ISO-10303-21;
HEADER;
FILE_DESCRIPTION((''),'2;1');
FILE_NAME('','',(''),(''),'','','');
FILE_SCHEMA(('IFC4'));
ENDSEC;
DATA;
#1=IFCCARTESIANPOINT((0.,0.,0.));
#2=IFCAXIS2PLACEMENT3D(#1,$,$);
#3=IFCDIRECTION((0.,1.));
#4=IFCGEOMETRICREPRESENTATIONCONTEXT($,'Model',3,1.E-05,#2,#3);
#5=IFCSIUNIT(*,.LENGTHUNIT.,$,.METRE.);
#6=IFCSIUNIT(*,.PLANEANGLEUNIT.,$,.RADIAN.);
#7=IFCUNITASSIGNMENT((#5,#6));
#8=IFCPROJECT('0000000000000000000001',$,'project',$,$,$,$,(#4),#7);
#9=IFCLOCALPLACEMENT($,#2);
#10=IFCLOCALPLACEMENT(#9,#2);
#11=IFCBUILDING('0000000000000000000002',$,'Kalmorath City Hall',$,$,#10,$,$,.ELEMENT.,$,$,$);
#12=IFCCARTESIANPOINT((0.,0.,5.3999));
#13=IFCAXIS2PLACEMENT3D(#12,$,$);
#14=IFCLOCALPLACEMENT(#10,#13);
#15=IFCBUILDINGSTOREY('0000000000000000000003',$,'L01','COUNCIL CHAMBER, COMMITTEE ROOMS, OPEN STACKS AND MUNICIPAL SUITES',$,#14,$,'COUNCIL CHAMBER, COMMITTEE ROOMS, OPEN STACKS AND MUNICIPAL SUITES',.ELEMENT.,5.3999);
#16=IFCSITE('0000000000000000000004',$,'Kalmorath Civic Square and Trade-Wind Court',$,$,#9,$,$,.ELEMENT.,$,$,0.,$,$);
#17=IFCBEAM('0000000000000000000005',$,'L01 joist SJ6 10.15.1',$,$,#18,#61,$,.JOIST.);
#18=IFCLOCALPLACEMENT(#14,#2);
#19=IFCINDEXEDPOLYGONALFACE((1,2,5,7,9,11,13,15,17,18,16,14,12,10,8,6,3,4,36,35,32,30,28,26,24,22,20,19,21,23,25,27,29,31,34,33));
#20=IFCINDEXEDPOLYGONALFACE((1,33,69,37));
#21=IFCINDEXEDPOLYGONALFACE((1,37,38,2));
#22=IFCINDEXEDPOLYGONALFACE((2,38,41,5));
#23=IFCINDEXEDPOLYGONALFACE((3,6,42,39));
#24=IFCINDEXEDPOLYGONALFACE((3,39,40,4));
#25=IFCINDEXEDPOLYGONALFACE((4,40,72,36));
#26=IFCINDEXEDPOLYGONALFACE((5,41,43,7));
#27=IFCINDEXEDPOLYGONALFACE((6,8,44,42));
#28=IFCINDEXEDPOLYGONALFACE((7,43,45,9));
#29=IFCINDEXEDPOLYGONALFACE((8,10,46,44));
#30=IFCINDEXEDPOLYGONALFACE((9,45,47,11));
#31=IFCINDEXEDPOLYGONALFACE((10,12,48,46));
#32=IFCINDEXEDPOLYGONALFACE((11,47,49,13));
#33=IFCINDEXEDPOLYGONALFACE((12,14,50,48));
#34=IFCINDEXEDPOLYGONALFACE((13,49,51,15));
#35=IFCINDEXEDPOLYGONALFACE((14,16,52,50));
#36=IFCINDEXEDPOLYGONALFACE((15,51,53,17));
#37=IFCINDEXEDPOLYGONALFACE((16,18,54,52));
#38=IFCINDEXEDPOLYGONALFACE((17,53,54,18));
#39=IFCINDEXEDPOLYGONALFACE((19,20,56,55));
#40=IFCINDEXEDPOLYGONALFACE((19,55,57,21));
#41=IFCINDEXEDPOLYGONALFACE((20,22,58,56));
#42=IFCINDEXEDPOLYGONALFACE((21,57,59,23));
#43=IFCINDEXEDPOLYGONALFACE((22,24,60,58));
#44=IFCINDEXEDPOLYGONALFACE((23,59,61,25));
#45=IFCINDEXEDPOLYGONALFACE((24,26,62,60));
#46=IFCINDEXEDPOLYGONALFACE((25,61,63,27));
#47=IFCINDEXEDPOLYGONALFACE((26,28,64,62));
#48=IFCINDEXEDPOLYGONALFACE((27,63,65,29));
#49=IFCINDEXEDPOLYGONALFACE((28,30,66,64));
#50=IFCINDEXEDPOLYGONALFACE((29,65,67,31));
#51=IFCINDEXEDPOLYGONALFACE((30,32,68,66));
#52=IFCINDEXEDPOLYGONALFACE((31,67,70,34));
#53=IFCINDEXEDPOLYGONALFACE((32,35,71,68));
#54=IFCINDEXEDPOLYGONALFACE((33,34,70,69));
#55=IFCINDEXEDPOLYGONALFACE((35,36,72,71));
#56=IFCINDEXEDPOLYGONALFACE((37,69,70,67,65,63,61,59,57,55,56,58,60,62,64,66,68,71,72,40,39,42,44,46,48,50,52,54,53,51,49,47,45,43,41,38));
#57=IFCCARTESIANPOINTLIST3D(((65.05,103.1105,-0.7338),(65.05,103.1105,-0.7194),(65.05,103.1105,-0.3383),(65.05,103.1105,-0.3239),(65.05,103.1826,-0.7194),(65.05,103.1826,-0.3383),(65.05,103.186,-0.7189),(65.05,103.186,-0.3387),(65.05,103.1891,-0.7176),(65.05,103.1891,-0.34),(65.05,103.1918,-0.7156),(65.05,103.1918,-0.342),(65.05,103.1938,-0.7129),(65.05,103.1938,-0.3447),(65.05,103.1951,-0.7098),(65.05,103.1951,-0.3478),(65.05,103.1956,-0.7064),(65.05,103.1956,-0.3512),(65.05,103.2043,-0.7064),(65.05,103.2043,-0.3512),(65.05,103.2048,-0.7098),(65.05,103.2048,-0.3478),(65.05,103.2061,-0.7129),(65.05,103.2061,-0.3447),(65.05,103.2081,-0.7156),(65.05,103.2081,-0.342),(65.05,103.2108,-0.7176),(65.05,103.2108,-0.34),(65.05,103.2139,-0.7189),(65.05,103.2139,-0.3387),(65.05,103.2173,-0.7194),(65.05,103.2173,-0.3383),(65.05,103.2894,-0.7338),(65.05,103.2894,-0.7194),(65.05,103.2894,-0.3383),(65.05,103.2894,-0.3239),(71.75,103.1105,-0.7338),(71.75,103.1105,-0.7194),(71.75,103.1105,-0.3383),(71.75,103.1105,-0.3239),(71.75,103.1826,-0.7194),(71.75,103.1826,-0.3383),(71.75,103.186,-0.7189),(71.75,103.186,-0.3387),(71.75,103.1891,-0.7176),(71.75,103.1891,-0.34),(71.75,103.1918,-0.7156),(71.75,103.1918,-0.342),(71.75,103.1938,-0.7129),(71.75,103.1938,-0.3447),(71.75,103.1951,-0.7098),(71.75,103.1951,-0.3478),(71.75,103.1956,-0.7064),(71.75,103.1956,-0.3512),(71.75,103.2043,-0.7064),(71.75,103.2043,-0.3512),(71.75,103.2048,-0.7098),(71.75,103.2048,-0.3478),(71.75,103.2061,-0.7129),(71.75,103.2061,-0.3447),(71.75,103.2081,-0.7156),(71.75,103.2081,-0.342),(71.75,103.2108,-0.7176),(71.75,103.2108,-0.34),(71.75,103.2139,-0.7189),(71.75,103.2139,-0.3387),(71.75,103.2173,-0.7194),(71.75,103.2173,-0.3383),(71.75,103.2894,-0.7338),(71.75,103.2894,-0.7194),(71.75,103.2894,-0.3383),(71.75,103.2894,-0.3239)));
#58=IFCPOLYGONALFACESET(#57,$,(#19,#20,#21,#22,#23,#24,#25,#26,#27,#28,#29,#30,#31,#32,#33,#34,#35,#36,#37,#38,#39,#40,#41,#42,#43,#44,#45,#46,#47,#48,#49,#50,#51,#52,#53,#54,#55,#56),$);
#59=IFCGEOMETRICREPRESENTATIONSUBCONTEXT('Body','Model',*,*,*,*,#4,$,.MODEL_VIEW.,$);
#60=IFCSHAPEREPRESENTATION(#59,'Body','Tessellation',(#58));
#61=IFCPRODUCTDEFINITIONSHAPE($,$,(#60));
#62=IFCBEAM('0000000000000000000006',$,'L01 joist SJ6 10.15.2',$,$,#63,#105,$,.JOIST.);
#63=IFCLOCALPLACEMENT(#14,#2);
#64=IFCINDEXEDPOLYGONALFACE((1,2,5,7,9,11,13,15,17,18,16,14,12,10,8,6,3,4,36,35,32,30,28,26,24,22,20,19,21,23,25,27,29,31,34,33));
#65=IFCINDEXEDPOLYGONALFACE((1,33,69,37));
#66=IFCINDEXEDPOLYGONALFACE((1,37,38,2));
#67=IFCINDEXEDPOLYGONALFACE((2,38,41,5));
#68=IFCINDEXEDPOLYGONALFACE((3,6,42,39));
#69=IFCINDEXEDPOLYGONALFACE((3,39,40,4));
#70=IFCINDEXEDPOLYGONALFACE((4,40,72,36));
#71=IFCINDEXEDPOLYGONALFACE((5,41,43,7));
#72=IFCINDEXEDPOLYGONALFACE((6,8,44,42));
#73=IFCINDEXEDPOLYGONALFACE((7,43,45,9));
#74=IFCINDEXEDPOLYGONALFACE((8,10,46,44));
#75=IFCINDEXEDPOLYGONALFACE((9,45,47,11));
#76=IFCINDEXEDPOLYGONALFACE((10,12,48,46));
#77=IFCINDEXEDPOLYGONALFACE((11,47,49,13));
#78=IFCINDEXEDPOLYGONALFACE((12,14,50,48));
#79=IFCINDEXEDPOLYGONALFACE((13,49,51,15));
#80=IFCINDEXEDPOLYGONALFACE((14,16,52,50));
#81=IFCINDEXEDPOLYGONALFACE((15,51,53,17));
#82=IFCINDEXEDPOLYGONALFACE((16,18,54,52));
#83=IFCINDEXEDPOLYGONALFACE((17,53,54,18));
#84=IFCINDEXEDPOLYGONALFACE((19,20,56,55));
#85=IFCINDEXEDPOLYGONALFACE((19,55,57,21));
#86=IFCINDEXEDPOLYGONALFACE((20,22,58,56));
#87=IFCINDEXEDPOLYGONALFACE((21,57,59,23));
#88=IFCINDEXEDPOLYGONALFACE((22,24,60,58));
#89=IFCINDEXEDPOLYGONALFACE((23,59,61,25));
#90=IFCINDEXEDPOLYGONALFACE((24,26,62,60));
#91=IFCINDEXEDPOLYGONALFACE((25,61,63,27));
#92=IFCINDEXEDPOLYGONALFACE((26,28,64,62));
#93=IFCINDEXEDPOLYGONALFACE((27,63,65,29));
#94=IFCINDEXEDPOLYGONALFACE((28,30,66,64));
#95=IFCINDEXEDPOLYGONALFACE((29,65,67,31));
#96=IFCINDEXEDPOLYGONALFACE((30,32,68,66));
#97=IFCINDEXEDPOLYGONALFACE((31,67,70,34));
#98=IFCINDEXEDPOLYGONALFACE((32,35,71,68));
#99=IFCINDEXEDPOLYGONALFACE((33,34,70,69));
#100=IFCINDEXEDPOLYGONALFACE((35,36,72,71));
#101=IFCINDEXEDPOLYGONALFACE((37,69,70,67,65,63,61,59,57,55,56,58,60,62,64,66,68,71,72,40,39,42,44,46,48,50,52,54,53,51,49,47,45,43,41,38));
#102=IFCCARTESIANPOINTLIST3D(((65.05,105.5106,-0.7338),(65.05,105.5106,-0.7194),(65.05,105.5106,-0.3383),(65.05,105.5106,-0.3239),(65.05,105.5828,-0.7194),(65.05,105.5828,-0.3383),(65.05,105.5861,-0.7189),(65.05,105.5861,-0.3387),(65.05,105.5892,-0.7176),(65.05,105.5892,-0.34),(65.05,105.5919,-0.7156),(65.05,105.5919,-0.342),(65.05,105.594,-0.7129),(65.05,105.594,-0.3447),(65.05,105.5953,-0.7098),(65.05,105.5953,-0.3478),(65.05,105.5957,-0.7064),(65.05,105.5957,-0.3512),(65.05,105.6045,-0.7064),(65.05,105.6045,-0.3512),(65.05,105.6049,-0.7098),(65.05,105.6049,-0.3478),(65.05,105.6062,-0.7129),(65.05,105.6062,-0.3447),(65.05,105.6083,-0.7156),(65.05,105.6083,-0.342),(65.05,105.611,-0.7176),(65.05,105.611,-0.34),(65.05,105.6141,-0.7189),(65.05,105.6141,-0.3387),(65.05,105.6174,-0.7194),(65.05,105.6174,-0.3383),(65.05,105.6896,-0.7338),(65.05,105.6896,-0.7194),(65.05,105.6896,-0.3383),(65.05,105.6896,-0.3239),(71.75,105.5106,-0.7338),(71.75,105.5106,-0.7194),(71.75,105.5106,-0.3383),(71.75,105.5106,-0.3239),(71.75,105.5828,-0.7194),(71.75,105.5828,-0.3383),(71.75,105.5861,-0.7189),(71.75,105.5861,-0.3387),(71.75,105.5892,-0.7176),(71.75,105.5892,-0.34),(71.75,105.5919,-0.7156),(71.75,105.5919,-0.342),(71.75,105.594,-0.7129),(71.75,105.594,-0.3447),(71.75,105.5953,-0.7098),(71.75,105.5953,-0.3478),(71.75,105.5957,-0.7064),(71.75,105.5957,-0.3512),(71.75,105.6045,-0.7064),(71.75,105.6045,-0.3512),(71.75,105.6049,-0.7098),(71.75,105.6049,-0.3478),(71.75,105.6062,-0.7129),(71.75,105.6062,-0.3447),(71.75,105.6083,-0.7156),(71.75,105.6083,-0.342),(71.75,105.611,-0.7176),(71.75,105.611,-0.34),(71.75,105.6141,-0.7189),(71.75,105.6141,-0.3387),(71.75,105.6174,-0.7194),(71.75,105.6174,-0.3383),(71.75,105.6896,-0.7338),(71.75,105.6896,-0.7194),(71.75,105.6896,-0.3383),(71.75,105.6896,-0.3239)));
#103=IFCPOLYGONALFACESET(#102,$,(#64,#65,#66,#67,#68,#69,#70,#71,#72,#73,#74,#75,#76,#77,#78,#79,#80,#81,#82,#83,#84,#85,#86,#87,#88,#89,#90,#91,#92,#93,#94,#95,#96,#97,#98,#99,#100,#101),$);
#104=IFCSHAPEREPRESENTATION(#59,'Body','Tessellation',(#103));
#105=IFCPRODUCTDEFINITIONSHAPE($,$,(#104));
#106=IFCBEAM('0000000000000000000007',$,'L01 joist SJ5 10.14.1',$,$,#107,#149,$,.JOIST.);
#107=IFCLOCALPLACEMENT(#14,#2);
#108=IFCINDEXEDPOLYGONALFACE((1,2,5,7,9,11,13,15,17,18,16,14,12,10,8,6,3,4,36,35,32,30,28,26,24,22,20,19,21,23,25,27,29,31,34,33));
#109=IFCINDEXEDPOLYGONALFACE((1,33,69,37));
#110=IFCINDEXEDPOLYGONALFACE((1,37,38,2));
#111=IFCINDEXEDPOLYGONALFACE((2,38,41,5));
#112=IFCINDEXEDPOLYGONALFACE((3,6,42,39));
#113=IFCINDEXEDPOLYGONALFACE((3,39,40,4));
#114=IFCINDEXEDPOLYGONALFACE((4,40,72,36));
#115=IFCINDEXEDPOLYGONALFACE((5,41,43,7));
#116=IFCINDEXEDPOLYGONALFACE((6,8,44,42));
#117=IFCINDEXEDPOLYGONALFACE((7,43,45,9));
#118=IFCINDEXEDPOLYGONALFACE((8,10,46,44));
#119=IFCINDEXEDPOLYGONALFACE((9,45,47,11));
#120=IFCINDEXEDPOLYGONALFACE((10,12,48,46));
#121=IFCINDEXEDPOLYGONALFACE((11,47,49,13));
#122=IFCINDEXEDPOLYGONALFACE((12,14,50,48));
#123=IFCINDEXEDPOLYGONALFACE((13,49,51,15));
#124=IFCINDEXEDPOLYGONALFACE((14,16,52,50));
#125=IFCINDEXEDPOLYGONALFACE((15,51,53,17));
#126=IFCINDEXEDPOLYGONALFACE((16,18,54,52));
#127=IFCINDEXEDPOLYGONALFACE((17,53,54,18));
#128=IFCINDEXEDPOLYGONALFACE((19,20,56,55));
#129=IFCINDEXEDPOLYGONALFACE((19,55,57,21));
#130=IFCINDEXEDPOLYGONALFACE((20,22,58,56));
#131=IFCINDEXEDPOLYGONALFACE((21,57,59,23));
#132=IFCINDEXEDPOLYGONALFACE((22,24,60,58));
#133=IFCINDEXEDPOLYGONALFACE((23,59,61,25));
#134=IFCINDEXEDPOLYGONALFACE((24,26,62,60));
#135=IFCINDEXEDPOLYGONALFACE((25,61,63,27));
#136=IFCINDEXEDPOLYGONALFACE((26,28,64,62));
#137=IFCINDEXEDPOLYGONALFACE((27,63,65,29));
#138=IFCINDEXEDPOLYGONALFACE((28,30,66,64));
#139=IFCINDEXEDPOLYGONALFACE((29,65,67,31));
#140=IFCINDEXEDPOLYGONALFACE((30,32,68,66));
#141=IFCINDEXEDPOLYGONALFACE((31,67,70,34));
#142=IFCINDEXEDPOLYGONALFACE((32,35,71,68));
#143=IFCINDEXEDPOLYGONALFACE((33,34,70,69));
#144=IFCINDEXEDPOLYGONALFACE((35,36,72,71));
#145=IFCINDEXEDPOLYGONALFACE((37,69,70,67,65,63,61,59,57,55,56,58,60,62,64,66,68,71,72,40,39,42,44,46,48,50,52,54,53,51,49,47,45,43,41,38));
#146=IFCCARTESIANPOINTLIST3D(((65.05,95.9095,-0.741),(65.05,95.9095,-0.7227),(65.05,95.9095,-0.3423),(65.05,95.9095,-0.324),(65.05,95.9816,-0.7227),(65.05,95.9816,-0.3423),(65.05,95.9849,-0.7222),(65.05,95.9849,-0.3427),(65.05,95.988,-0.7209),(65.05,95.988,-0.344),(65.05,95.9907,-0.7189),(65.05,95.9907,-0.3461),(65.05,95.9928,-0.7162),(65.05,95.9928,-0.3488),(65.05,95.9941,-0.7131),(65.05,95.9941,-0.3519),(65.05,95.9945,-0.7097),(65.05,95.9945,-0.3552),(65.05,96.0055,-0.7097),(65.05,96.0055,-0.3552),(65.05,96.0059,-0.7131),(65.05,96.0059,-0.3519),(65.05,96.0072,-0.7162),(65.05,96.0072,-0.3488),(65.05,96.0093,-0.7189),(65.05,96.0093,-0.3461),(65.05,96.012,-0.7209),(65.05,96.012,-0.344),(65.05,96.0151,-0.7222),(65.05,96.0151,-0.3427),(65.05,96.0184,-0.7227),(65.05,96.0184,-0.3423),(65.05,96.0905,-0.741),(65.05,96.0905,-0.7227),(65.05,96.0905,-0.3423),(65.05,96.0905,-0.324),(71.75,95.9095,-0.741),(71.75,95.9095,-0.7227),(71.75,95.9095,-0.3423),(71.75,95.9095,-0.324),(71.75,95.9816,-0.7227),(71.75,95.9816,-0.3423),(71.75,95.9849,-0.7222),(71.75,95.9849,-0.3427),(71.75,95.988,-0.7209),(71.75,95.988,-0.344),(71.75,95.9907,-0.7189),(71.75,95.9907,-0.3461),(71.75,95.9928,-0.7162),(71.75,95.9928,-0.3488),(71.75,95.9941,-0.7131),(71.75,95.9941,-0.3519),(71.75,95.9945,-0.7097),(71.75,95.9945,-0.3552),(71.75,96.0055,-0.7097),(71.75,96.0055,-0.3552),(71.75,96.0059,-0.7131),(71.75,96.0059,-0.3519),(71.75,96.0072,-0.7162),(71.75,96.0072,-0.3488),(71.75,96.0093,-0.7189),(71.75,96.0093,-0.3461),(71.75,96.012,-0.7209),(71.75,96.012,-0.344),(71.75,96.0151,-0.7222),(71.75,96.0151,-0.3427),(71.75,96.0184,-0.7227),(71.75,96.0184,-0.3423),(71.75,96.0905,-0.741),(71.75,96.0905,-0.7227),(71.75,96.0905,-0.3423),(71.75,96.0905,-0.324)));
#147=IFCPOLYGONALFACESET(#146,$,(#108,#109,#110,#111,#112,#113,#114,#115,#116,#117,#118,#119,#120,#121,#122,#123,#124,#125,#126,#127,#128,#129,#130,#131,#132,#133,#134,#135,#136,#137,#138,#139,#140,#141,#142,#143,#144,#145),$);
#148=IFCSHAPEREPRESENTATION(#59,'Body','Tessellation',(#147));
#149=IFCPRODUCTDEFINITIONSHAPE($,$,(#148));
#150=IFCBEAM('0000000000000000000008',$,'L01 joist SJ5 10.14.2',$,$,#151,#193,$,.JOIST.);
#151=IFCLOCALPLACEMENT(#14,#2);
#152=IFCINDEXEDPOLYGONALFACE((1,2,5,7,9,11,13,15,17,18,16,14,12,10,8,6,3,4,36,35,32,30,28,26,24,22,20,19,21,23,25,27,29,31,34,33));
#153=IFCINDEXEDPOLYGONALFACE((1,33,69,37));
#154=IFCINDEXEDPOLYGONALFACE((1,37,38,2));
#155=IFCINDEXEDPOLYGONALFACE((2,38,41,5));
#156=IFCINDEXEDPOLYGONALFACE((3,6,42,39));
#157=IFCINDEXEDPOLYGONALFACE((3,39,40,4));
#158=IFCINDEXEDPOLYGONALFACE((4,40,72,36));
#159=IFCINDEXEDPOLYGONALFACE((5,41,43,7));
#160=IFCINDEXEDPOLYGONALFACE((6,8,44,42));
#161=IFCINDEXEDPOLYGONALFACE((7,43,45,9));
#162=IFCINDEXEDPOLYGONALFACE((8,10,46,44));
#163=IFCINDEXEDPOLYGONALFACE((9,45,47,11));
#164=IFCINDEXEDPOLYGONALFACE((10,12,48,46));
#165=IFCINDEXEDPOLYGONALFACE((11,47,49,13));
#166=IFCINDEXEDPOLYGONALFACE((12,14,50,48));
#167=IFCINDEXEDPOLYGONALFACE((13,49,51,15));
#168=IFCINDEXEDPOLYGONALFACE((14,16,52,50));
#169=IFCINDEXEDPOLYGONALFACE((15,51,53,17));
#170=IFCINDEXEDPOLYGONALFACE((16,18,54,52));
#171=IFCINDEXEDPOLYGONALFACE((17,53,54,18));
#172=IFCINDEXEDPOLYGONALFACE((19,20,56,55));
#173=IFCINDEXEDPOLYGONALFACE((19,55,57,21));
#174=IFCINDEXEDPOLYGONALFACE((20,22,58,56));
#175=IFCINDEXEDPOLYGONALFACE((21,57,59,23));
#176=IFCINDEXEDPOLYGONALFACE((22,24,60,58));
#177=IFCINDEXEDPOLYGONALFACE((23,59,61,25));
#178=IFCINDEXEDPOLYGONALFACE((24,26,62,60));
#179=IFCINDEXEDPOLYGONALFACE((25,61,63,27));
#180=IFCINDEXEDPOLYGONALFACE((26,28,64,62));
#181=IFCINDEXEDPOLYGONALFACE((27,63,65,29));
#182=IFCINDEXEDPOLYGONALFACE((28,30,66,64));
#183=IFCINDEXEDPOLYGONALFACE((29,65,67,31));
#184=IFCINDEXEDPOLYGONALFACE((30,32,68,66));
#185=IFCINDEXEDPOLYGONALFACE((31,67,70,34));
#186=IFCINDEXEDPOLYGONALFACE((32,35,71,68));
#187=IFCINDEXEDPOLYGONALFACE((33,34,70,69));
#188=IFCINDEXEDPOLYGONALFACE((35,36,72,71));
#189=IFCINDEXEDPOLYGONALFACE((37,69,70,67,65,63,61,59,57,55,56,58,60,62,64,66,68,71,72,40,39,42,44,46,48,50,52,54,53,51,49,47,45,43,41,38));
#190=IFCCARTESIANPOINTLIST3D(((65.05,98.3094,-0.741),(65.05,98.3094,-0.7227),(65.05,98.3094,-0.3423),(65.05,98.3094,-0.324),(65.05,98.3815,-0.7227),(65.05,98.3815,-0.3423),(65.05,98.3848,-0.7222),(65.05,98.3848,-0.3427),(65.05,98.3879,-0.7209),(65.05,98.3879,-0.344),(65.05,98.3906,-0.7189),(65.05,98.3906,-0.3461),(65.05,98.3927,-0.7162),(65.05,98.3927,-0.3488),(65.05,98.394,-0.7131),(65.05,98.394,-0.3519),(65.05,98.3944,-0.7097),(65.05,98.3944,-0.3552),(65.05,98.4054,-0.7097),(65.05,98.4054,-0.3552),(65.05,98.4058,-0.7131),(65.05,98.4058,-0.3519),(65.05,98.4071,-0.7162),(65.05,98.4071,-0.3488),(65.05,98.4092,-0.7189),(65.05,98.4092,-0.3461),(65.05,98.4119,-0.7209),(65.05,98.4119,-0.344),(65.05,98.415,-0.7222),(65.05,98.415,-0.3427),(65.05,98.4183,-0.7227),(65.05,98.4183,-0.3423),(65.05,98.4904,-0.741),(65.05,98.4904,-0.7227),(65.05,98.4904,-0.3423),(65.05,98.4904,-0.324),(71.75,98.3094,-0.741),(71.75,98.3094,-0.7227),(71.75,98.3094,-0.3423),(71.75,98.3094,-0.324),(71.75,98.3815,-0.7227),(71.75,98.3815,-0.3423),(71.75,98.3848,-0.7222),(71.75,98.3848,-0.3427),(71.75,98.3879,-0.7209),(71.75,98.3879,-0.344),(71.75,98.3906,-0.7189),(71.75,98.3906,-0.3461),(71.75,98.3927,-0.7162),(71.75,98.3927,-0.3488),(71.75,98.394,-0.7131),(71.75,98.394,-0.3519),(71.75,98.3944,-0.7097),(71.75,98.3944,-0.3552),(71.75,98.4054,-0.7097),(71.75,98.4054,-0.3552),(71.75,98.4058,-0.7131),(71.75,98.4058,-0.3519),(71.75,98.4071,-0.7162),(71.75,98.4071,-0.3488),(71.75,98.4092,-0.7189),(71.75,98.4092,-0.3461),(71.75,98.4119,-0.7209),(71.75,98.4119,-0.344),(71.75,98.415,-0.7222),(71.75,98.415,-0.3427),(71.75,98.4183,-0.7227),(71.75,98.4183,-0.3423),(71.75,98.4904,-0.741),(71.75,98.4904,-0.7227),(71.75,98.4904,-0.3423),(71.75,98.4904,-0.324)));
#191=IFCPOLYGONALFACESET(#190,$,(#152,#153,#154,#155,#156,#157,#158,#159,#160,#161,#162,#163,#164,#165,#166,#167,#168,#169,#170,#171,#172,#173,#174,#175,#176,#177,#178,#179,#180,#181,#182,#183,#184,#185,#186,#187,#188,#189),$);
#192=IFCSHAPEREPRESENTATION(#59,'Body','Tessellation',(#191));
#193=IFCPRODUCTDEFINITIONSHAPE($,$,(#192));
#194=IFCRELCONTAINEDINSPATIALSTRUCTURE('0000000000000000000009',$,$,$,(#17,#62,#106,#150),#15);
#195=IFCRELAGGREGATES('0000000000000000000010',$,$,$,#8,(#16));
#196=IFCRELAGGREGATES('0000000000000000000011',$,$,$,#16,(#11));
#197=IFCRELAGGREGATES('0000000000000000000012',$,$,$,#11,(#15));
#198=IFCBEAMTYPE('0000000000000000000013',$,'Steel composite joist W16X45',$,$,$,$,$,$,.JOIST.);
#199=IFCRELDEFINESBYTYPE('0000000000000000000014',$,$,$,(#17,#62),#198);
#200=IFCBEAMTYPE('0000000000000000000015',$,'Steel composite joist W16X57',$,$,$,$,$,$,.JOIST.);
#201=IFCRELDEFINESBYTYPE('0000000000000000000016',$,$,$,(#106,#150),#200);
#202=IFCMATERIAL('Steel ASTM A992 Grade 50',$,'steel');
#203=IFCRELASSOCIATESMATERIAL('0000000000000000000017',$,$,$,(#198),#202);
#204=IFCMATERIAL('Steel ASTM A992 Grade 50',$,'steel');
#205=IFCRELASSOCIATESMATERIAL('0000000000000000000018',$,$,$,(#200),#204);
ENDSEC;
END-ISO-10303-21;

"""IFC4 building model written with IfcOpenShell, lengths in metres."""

from ifc_helpers import new_model, si_unit, direction, frame, origin, origin_2d, place, context, subcontext, project, spatial, i_section, extrude, material, material_profile, profile_set, type_object, element, save


model = new_model("IFC4")

# Units and contexts
model_context = context("Model", 3, precision=1e-05, world=origin(), true_north=direction((0.0, 1.0)))
body_context = subcontext(model_context, "Body", "Model", "MODEL_VIEW")
ifc_project = project(units=[si_unit("LENGTHUNIT", "METRE"), si_unit("PLANEANGLEUNIT", "RADIAN")], contexts=[model_context])

# Site, building, storey
site_placement = place(None, origin())
site = spatial("IfcSite", under=ifc_project, at=site_placement, Name="Kalmorath Civic Square and Trade-Wind Court", CompositionType="ELEMENT", RefElevation=0.0)
building_placement = place(site_placement, origin())
building = spatial("IfcBuilding", under=site, at=building_placement, Name="Kalmorath City Hall", CompositionType="ELEMENT")
storey_placement = place(building_placement, frame((0.0, 0.0, 5.3999)))
storey = spatial("IfcBuildingStorey", under=building, at=storey_placement, Name="L01", Description="COUNCIL CHAMBER, COMMITTEE ROOMS, OPEN STACKS AND MUNICIPAL SUITES", LongName="COUNCIL CHAMBER, COMMITTEE ROOMS, OPEN STACKS AND MUNICIPAL SUITES", CompositionType="ELEMENT", Elevation=5.3999)

# Beams
ifc_material_1 = material(Name="Steel ASTM A992 Grade 50", Category="steel")
ifc_material_profile_1 = material_profile(ifc_material_1, i_section(OverallWidth=0.179, OverallDepth=0.4099, WebThickness=0.0088, FlangeThickness=0.0144, FilletRadius=0.0129, at=origin_2d()), Name="W16X45")
ifc_profile_set_1 = profile_set([ifc_material_profile_1], Name="Steel ASTM A992 Grade 50")
beam_type_1 = type_object("IfcBeamType", Name="Steel composite joist W16X45", PredefinedType="JOIST", material=ifc_profile_set_1)
for number, where, z_axis, x_axis, name in (
    (1, (65.05, 103.2, -0.5288), (1.0, 0.0, 0.0), (0.0, 1.0, 0.0), "L01 joist SJ6 10.15.1"),
    (2, (65.05, 105.6001, -0.5288), (1.0, 0.0, 0.0), (0.0, 1.0, 0.0), "L01 joist SJ6 10.15.2"),
):
    element("IfcBeam", number, at=place(storey_placement, frame(where, z_axis=z_axis, x_axis=x_axis)), inside=storey, type_object=beam_type_1, Name=name, PredefinedType="JOIST", context=body_context, shape_type="SweptSolid", body=[
        extrude(i_section(OverallWidth=0.179, OverallDepth=0.4099, WebThickness=0.0088, FlangeThickness=0.0144, FilletRadius=0.0129, at=origin_2d()), origin(), (0.0, 0.0, 1.0), 6.7),
    ])
ifc_material_2 = material(Name="Steel ASTM A992 Grade 50", Category="steel")
ifc_material_profile_2 = material_profile(ifc_material_2, i_section(OverallWidth=0.1809, OverallDepth=0.417, WebThickness=0.011, FlangeThickness=0.0183, FilletRadius=0.0129, at=origin_2d()), Name="W16X57")
ifc_profile_set_2 = profile_set([ifc_material_profile_2], Name="Steel ASTM A992 Grade 50")
beam_type_2 = type_object("IfcBeamType", Name="Steel composite joist W16X57", PredefinedType="JOIST", material=ifc_profile_set_2)
for number, where, z_axis, x_axis, name in (
    (3, (65.05, 96.0, -0.5325), (1.0, 0.0, 0.0), (0.0, 1.0, 0.0), "L01 joist SJ5 10.14.1"),
    (4, (65.05, 98.3999, -0.5325), (1.0, 0.0, 0.0), (0.0, 1.0, 0.0), "L01 joist SJ5 10.14.2"),
):
    element("IfcBeam", number, at=place(storey_placement, frame(where, z_axis=z_axis, x_axis=x_axis)), inside=storey, type_object=beam_type_2, Name=name, PredefinedType="JOIST", context=body_context, shape_type="SweptSolid", body=[
        extrude(i_section(OverallWidth=0.1809, OverallDepth=0.417, WebThickness=0.011, FlangeThickness=0.0183, FilletRadius=0.0129, at=origin_2d()), origin(), (0.0, 0.0, 1.0), 6.7),
    ])

save(model, "model.ifc")
